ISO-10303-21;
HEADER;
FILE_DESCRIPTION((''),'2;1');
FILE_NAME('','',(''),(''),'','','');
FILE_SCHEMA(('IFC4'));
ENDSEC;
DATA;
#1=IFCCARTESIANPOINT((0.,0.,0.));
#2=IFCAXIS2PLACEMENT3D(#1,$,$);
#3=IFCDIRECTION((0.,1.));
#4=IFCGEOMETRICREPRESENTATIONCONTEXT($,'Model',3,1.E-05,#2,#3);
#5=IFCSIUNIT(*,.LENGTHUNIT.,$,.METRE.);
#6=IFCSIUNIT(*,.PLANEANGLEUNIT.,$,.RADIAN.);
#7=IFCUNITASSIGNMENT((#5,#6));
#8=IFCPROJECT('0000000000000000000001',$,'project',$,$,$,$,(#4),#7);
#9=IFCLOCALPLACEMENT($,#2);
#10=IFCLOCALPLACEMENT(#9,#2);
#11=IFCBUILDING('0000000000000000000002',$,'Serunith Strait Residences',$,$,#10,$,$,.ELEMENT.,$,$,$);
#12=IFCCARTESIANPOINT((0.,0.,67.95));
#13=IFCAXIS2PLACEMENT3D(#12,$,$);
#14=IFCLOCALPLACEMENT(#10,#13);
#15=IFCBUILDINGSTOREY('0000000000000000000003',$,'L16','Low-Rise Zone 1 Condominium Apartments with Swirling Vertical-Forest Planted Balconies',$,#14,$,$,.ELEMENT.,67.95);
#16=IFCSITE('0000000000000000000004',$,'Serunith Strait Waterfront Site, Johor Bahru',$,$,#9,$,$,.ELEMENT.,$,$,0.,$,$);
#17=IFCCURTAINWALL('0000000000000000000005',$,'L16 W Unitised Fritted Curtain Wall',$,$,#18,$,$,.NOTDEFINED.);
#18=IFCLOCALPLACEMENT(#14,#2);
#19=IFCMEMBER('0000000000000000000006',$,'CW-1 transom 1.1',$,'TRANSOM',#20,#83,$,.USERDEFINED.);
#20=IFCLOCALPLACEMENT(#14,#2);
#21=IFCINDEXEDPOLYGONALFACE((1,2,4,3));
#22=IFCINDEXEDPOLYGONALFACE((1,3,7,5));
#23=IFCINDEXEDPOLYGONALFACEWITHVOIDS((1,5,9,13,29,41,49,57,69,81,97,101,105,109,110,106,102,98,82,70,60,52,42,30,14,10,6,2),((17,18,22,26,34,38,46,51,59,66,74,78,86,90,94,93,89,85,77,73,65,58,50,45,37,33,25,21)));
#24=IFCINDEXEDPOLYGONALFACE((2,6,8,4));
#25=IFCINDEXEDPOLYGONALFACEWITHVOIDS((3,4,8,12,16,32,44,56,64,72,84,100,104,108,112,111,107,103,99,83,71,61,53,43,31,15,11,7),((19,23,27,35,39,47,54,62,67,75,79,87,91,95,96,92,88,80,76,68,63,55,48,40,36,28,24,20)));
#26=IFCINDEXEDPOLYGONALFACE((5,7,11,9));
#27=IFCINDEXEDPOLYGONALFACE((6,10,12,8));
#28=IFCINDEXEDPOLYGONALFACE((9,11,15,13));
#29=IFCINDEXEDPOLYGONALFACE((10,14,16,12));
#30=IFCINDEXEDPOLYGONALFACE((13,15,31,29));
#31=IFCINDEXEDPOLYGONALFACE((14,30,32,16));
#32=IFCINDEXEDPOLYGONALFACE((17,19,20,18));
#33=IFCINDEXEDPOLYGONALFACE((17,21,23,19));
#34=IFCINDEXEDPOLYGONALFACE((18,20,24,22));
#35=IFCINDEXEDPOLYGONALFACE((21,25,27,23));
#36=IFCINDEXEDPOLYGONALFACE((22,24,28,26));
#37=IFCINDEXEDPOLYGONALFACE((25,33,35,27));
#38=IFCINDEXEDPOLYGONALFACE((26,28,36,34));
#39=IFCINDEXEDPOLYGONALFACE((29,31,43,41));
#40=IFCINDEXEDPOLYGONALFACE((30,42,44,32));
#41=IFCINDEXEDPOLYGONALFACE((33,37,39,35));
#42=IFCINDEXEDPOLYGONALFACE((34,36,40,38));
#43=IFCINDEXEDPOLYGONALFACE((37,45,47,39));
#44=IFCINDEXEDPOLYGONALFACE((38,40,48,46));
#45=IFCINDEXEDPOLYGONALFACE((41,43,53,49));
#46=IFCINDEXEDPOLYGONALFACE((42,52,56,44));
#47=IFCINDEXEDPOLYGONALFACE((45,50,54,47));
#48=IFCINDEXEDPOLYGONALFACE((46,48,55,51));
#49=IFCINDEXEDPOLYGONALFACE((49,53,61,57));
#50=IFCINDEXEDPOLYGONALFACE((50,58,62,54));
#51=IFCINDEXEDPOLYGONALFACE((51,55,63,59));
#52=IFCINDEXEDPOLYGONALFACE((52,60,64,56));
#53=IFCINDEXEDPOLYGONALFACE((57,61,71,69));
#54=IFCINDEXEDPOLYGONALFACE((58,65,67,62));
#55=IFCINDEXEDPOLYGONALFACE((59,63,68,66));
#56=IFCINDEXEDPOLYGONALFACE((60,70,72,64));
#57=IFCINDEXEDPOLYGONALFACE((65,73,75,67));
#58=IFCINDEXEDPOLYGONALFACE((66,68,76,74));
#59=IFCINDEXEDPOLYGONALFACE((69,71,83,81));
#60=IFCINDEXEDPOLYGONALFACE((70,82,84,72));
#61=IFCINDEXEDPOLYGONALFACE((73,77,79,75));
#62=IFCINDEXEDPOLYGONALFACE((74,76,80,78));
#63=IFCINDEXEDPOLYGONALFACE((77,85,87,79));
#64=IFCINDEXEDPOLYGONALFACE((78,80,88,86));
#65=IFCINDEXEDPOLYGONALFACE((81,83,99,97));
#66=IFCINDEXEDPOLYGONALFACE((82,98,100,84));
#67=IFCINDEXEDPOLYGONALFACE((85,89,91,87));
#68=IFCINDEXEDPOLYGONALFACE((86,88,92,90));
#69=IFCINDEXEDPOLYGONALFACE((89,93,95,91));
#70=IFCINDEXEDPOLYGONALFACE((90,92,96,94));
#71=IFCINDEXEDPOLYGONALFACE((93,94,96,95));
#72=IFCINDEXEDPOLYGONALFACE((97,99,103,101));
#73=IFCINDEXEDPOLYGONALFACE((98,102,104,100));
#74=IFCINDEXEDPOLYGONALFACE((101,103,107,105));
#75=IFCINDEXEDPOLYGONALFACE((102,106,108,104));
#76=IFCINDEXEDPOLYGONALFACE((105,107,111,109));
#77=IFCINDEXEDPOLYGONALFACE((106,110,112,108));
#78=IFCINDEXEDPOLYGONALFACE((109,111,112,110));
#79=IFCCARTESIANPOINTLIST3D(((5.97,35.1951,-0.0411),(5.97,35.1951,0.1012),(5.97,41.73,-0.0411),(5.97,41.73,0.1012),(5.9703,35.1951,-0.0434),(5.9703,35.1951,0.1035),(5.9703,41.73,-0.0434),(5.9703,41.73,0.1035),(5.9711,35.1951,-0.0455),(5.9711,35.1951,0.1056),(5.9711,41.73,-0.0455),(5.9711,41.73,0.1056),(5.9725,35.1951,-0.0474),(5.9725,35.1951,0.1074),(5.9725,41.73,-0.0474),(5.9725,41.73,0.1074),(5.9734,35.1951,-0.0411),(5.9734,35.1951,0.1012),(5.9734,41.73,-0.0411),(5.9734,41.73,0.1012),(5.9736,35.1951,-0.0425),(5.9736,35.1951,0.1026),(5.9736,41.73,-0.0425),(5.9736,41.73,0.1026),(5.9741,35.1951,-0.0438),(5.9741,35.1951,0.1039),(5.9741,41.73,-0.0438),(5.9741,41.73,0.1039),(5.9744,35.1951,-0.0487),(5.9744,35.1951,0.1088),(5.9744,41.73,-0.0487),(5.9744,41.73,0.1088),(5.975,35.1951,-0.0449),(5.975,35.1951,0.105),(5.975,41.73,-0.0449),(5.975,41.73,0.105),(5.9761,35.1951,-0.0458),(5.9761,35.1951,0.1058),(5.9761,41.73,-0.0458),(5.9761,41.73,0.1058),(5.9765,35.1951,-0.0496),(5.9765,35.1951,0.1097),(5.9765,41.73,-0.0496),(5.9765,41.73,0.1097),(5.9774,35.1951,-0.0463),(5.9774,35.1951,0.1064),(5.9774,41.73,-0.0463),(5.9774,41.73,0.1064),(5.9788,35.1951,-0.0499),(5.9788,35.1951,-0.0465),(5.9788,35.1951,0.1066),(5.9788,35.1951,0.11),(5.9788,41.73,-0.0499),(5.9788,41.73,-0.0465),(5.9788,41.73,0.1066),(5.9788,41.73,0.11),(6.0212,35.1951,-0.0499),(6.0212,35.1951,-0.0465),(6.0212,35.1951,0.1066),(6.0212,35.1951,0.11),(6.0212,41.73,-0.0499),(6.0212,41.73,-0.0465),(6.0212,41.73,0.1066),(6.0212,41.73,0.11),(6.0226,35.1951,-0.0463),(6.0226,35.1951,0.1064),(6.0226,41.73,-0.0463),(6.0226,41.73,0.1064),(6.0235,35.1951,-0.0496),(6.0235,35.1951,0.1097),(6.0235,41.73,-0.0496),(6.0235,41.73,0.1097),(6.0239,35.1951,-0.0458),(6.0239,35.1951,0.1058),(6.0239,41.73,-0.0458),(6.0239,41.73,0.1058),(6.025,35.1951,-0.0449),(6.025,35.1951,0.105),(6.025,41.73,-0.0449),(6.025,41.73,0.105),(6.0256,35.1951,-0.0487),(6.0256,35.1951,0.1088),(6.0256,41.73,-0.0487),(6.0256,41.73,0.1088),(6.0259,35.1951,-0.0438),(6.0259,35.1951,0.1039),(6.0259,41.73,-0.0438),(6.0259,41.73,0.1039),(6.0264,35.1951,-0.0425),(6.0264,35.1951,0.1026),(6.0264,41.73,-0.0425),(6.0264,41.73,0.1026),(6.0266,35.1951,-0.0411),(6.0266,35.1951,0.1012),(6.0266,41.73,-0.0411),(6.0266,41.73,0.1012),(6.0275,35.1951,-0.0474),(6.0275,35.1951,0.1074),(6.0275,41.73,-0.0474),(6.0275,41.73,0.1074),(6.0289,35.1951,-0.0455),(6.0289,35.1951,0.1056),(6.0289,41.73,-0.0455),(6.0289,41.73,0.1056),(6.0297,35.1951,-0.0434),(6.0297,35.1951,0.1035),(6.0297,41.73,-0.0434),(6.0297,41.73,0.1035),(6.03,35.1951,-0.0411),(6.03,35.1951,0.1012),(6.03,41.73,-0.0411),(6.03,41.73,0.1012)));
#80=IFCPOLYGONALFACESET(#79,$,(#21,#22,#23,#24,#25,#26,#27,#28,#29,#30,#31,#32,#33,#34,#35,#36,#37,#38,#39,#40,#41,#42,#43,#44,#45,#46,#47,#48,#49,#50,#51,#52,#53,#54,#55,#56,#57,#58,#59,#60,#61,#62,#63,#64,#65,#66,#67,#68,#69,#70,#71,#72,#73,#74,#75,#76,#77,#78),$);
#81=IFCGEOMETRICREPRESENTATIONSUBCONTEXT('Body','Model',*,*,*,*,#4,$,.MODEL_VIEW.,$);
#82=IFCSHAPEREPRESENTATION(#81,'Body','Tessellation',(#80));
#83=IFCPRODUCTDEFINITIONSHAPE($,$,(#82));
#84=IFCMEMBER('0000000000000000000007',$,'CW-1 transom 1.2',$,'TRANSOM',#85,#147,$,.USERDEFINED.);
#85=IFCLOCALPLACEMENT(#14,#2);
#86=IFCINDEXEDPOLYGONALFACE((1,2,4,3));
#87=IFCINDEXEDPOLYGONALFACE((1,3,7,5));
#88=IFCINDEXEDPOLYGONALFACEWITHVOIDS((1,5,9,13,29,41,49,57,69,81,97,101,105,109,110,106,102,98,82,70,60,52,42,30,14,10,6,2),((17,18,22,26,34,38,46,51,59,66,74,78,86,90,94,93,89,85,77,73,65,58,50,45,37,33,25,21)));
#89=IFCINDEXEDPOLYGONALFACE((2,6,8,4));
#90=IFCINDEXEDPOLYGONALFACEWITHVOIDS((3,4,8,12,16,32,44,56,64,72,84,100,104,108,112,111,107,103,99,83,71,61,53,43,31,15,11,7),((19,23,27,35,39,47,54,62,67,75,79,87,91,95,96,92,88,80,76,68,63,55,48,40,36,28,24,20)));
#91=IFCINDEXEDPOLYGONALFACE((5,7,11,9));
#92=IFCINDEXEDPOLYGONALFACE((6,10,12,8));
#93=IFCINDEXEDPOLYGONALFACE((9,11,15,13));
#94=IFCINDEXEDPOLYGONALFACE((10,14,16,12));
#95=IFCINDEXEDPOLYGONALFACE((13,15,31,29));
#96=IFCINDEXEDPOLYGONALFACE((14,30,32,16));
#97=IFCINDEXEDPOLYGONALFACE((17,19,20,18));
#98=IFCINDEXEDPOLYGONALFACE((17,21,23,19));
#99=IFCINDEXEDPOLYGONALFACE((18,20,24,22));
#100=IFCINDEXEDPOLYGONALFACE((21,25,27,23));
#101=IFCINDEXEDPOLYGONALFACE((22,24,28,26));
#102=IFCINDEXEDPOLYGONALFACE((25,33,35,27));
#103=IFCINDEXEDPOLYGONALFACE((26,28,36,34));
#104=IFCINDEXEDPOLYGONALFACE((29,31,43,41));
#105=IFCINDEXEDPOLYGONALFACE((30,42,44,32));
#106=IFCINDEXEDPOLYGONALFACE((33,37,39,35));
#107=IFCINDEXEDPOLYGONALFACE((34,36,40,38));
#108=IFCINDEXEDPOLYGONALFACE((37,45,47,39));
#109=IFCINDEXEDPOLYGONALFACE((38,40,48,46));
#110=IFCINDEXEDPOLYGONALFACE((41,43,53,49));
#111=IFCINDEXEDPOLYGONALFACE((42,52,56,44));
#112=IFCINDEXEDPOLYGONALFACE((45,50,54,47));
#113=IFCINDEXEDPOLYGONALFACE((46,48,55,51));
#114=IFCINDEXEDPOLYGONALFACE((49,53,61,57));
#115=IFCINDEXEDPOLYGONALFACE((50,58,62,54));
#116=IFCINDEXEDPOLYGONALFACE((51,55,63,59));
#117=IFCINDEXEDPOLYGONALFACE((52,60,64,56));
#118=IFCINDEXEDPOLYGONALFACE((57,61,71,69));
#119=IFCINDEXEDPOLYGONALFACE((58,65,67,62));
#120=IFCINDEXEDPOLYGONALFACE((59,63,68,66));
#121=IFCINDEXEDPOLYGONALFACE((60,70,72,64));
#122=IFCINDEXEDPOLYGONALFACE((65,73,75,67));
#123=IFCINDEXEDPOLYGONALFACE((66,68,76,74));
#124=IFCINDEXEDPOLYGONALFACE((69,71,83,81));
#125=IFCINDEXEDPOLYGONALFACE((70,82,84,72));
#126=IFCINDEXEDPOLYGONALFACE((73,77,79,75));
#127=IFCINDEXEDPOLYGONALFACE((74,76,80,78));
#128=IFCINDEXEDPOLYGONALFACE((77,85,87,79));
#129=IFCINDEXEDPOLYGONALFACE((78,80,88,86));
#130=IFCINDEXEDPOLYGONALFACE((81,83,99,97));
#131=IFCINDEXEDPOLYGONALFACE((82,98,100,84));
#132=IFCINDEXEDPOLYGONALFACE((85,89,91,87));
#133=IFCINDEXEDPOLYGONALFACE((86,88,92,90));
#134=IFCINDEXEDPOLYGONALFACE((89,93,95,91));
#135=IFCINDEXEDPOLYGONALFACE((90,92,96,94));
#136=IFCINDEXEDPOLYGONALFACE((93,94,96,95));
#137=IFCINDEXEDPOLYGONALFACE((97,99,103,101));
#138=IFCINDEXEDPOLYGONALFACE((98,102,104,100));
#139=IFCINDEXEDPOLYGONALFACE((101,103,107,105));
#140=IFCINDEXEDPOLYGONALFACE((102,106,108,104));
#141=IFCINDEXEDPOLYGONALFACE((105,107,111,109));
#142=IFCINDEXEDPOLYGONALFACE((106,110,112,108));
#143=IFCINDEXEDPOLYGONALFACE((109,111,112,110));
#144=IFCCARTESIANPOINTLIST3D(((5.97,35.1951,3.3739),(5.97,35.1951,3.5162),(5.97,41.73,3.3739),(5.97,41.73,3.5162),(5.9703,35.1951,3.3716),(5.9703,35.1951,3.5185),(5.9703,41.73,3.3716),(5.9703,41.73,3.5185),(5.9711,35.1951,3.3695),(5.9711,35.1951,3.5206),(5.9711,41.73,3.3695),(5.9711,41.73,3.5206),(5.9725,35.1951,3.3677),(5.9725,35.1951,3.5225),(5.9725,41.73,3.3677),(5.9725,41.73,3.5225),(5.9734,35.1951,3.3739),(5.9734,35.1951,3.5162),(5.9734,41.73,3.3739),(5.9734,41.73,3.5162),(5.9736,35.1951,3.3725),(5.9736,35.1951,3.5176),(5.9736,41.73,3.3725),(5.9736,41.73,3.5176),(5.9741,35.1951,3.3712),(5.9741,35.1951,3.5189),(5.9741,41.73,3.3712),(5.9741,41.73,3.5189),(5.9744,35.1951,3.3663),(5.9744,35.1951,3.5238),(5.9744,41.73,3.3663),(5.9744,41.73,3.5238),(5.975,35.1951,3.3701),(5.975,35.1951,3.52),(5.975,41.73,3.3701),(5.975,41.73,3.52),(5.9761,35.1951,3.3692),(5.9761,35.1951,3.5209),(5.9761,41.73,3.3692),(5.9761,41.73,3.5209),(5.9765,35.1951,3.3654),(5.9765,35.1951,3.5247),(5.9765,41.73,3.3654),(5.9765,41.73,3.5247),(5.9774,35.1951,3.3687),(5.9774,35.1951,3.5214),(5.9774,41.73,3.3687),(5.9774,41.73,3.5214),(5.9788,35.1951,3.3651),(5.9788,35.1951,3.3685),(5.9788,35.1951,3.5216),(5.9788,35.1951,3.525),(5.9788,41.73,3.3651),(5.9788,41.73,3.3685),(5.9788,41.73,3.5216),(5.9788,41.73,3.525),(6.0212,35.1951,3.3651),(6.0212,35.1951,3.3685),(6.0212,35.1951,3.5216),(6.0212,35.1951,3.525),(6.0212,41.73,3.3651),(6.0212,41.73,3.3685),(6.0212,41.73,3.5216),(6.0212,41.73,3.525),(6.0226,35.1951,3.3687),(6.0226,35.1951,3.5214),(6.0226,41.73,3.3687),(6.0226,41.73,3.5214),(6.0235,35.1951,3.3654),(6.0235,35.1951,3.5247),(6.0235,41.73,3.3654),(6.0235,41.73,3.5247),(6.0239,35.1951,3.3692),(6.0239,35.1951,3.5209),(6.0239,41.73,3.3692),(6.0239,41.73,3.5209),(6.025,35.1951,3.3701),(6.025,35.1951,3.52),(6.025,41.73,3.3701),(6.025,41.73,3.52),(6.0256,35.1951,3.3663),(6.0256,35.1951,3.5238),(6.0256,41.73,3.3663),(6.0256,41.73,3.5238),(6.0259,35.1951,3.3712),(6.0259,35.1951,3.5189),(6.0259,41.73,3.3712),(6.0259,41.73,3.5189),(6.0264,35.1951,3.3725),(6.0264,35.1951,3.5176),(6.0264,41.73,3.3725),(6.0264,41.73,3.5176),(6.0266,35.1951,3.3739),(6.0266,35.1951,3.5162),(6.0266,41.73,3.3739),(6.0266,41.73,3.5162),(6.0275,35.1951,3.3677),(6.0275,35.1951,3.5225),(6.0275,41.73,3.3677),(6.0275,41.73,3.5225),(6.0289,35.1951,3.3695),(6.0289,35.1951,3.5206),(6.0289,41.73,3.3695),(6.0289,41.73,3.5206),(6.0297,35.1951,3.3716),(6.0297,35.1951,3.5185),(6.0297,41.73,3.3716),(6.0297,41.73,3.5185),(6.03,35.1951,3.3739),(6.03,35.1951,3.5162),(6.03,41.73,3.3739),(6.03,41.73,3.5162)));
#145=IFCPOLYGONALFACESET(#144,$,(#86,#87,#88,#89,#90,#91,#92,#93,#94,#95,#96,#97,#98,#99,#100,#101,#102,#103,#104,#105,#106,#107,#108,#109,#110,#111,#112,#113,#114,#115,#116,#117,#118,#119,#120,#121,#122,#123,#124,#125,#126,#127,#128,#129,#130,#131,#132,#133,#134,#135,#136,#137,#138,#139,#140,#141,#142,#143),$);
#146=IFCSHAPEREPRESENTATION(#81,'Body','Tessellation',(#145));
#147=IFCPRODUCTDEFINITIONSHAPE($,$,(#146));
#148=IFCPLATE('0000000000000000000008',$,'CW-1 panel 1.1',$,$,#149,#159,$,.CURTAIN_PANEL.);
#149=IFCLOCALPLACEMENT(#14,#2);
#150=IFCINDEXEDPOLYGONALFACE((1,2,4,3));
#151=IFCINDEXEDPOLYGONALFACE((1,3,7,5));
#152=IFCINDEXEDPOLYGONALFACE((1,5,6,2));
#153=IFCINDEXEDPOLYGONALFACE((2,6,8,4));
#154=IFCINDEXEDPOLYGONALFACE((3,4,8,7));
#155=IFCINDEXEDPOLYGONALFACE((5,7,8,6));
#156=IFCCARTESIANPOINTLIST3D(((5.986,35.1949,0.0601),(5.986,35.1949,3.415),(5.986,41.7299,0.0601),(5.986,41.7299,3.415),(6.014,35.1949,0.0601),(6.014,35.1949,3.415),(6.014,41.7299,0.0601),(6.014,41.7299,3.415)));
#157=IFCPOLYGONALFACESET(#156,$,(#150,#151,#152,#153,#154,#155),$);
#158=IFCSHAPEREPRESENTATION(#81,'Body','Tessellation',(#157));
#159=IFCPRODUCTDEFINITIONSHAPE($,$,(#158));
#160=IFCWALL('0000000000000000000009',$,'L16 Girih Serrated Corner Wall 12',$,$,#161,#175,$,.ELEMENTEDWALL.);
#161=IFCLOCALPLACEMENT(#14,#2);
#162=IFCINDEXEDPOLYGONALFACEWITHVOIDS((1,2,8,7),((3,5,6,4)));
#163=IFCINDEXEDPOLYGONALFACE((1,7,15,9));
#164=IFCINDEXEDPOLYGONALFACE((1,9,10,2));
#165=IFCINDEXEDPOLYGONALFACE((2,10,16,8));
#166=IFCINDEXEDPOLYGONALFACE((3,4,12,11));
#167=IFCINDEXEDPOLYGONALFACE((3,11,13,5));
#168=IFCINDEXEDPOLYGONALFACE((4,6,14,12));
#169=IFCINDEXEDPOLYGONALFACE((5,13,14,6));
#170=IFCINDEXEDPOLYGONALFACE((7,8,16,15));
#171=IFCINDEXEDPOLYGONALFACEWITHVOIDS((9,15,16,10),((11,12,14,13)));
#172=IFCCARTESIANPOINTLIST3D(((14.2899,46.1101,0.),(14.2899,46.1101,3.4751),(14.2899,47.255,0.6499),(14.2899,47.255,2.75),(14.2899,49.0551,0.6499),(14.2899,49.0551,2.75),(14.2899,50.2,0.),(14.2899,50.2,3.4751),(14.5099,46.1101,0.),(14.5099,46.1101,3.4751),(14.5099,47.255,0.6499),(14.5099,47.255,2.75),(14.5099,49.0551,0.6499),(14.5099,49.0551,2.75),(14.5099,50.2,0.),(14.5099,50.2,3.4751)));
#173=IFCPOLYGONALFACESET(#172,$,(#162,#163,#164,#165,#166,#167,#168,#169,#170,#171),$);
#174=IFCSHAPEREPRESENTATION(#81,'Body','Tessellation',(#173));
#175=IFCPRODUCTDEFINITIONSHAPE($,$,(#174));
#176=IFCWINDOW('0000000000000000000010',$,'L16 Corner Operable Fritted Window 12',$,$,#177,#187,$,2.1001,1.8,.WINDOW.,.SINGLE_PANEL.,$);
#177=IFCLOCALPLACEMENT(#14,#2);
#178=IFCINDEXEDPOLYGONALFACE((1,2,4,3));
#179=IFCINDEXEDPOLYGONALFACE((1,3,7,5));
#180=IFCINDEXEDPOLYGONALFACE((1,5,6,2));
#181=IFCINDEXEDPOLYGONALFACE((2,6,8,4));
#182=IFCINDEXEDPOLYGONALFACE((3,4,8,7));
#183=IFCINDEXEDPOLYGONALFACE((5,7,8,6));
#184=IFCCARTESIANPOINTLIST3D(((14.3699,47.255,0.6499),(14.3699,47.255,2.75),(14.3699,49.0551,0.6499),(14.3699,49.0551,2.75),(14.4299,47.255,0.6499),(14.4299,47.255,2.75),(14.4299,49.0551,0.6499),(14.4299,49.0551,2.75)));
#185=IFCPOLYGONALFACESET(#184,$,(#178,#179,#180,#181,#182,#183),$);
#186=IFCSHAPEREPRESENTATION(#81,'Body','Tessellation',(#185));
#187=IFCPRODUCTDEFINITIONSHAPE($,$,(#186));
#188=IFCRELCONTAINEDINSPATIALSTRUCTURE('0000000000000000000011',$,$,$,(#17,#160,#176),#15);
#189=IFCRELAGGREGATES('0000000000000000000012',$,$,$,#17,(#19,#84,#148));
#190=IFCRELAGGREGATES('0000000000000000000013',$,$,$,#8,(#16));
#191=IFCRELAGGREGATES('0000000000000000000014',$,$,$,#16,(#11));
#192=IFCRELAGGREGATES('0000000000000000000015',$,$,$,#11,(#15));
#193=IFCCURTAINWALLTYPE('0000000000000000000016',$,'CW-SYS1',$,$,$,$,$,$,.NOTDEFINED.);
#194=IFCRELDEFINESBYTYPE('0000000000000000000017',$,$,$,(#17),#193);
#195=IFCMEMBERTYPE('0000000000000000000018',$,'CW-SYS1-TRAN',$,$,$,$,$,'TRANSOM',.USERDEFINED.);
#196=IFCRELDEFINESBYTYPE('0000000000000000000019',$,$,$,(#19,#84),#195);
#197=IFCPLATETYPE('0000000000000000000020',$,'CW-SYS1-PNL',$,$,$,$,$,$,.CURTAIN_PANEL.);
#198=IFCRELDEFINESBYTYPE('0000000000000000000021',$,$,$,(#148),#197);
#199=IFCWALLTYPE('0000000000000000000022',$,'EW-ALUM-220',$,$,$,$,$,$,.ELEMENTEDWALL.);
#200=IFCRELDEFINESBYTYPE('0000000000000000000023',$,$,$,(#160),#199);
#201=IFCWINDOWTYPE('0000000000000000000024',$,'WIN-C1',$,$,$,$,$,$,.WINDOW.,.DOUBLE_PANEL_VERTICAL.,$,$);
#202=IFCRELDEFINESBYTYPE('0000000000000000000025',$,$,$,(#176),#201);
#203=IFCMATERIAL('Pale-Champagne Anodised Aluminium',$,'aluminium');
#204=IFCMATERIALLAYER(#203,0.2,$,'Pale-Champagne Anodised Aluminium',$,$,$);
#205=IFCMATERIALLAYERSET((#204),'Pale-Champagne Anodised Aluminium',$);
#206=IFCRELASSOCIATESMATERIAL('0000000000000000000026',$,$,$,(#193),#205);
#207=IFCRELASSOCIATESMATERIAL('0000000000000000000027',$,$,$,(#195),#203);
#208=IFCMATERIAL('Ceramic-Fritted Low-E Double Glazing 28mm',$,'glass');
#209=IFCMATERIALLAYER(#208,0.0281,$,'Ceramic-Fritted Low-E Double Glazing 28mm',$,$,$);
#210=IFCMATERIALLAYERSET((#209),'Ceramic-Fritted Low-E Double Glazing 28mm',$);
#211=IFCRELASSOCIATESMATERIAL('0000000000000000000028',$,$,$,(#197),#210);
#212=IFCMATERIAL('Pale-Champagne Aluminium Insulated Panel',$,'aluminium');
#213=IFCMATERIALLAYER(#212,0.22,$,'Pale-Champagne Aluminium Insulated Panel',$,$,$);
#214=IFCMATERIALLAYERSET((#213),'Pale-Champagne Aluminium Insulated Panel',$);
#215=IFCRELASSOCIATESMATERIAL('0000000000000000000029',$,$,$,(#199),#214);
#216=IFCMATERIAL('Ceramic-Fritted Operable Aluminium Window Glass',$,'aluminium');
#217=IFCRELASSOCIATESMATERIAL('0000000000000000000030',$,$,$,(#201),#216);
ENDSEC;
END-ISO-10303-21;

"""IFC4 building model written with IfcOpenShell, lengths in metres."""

from ifc_helpers import new_model, si_unit, direction, frame, frame_2d, origin, origin_2d, place, context, subcontext, project, spatial, rectangle, hollow_rectangle, extrude, source, transform, mapped, material, layer, layer_set, material_profile, profile_set, type_object, element, fill, aggregate, save


model = new_model("IFC4")

# Units and contexts
model_context = context("Model", 3, precision=1e-05, world=origin(), true_north=direction((0.0, 1.0)))
body_context = subcontext(model_context, "Body", "Model", "MODEL_VIEW")
ifc_project = project(units=[si_unit("LENGTHUNIT", "METRE"), si_unit("PLANEANGLEUNIT", "RADIAN")], contexts=[model_context])

# Site, building, storey
site_placement = place(None, origin())
site = spatial("IfcSite", under=ifc_project, at=site_placement, Name="Serunith Strait Waterfront Site, Johor Bahru", CompositionType="ELEMENT", RefElevation=0.0)
building_placement = place(site_placement, origin())
building = spatial("IfcBuilding", under=site, at=building_placement, Name="Serunith Strait Residences", CompositionType="ELEMENT")
storey_placement = place(building_placement, frame((0.0, 0.0, 67.95)))
storey = spatial("IfcBuildingStorey", under=building, at=storey_placement, Name="L16", Description="Low-Rise Zone 1 Condominium Apartments with Swirling Vertical-Forest Planted Balconies", CompositionType="ELEMENT", Elevation=67.95)

# Shared definitions
ifc_material_1 = material(Name="Pale-Champagne Anodised Aluminium", Category="aluminium")
ifc_layer_1 = layer(ifc_material_1, 0.2, Name="Pale-Champagne Anodised Aluminium")
ifc_layer_set_1 = layer_set([ifc_layer_1], Name="Pale-Champagne Anodised Aluminium")
curtain_wall_type = type_object("IfcCurtainWallType", Name="CW-SYS1", PredefinedType="NOTDEFINED", material=ifc_layer_set_1)

# Curtain wall, members, plate
curtain_wall_1_placement = place(storey_placement, origin())
curtain_wall_1 = element("IfcCurtainWall", 1, at=curtain_wall_1_placement, inside=storey, type_object=curtain_wall_type, Name="L16 W Unitised Fritted Curtain Wall", PredefinedType="NOTDEFINED")
ifc_material_profile_1 = material_profile(ifc_material_1, hollow_rectangle(XDim=0.0601, YDim=0.1599, WallThickness=0.0034, InnerFilletRadius=0.0054, OuterFilletRadius=0.0088, at=origin_2d()), Name="ALU 160x60x3.5")
ifc_profile_set_1 = profile_set([ifc_material_profile_1], Name="Pale-Champagne Anodised Aluminium")
member_type_1 = type_object("IfcMemberType", Name="CW-SYS1-TRAN", ElementType="TRANSOM", PredefinedType="USERDEFINED", material=ifc_profile_set_1)
shared_shape_1 = source(origin(), body_context, "Body", "SweptSolid", [
    extrude(hollow_rectangle(XDim=0.0601, YDim=0.1599, WallThickness=0.0034, InnerFilletRadius=0.0054, OuterFilletRadius=0.0088, at=origin_2d()), origin(), (0.0, 0.0, 1.0), 6.5349),
])
member_1_placement = place(storey_placement, frame((6.0, 41.73, 0.03), z_axis=(0.0, -1.0, 0.0), x_axis=(1.0, 0.0, 0.0)))
member_1 = element("IfcMember", 2, at=member_1_placement, type_object=member_type_1, Name="CW-1 transom 1.1", ObjectType="TRANSOM", PredefinedType="USERDEFINED", context=body_context, shape_type="MappedRepresentation", body=[
    mapped(shared_shape_1, transform((0.0, 0.0, 0.0), scale=1.0)),
])
member_2_placement = place(storey_placement, frame((6.0, 41.73, 3.4451), z_axis=(0.0, -1.0, 0.0), x_axis=(1.0, 0.0, 0.0)))
member_2 = element("IfcMember", 3, at=member_2_placement, type_object=member_type_1, Name="CW-1 transom 1.2", ObjectType="TRANSOM", PredefinedType="USERDEFINED", context=body_context, shape_type="MappedRepresentation", body=[
    mapped(shared_shape_1, transform((0.0, 0.0, 0.0), scale=1.0)),
])
ifc_material_2 = material(Name="Ceramic-Fritted Low-E Double Glazing 28mm", Category="glass")
ifc_layer_2 = layer(ifc_material_2, 0.0281, Name="Ceramic-Fritted Low-E Double Glazing 28mm")
ifc_layer_set_2 = layer_set([ifc_layer_2], Name="Ceramic-Fritted Low-E Double Glazing 28mm")
plate_type = type_object("IfcPlateType", Name="CW-SYS1-PNL", PredefinedType="CURTAIN_PANEL", material=ifc_layer_set_2)
shared_shape_2 = source(origin(), body_context, "Body", "SweptSolid", [
    extrude(rectangle(XDim=6.5349, YDim=0.0281, at=origin_2d()), origin(), (0.0, 0.0, 1.0), 3.355),
])
plate_placement = place(storey_placement, frame((6.0, 38.4624, 0.0601), z_axis=(0.0, 0.0, 1.0), x_axis=(0.0, -1.0, 0.0)))
plate = element("IfcPlate", 4, at=plate_placement, type_object=plate_type, Name="CW-1 panel 1.1", PredefinedType="CURTAIN_PANEL", context=body_context, shape_type="MappedRepresentation", body=[
    mapped(shared_shape_2, transform((0.0, 0.0, 0.0), scale=1.0)),
])
aggregate(curtain_wall_1, [member_1, member_2, plate])

# Wall, opening, window
ifc_material_3 = material(Name="Pale-Champagne Aluminium Insulated Panel", Category="aluminium")
ifc_layer_3 = layer(ifc_material_3, 0.22, Name="Pale-Champagne Aluminium Insulated Panel")
ifc_layer_set_3 = layer_set([ifc_layer_3], Name="Pale-Champagne Aluminium Insulated Panel")
wall_type_1 = type_object("IfcWallType", Name="EW-ALUM-220", PredefinedType="ELEMENTEDWALL", material=ifc_layer_set_3)
wall_1_placement = place(storey_placement, frame((14.3999, 50.2, 0.0), z_axis=(0.0, 0.0, 1.0), x_axis=(0.0, -1.0, 0.0)))
wall_1 = element("IfcWall", 5, at=wall_1_placement, inside=storey, type_object=wall_type_1, Name="L16 Girih Serrated Corner Wall 12", PredefinedType="ELEMENTEDWALL", context=body_context, shape_type="SweptSolid", body=[
    extrude(rectangle(XDim=4.0898, YDim=0.22, at=frame_2d((2.0449, 0.0))), origin(), (0.0, 0.0, 1.0), 3.4751),
])
opening_1_placement = place(wall_1_placement, frame((1.145, 0.0, 0.6499)))
opening_1 = element("IfcOpeningElement", 6, at=opening_1_placement, cuts=wall_1, PredefinedType="OPENING", context=body_context, shape_type="SweptSolid", body=[
    extrude(rectangle(XDim=1.8, YDim=2.1001, at=frame_2d((0.8999, 1.05))), frame((0.0, 0.1201, 0.0), z_axis=(0.0, -1.0, 0.0), x_axis=(1.0, 0.0, 0.0)), (0.0, 0.0, 1.0), 0.24),
])
ifc_material_4 = material(Name="Ceramic-Fritted Operable Aluminium Window Glass", Category="aluminium")
window_type = type_object("IfcWindowType", Name="WIN-C1", PartitioningType="DOUBLE_PANEL_VERTICAL", PredefinedType="WINDOW", material=ifc_material_4)
shared_shape_3 = source(origin(), body_context, "Body", "SweptSolid", [
    extrude(rectangle(XDim=1.8, YDim=2.1001, at=frame_2d((0.8999, 1.05))), frame((0.0, 0.03, 0.0), z_axis=(0.0, -1.0, 0.0), x_axis=(1.0, 0.0, 0.0)), (0.0, 0.0, 1.0), 0.0601),
])
window_1_placement = place(opening_1_placement, origin())
window_1 = element("IfcWindow", 7, at=window_1_placement, inside=storey, type_object=window_type, Name="L16 Corner Operable Fritted Window 12", OverallHeight=2.1001, OverallWidth=1.8, PartitioningType="SINGLE_PANEL", PredefinedType="WINDOW", context=body_context, shape_type="MappedRepresentation", body=[
    mapped(shared_shape_3, transform((0.0, 0.0, 0.0), scale=1.0)),
])
fill(opening_1, window_1)

save(model, "model.ifc")
